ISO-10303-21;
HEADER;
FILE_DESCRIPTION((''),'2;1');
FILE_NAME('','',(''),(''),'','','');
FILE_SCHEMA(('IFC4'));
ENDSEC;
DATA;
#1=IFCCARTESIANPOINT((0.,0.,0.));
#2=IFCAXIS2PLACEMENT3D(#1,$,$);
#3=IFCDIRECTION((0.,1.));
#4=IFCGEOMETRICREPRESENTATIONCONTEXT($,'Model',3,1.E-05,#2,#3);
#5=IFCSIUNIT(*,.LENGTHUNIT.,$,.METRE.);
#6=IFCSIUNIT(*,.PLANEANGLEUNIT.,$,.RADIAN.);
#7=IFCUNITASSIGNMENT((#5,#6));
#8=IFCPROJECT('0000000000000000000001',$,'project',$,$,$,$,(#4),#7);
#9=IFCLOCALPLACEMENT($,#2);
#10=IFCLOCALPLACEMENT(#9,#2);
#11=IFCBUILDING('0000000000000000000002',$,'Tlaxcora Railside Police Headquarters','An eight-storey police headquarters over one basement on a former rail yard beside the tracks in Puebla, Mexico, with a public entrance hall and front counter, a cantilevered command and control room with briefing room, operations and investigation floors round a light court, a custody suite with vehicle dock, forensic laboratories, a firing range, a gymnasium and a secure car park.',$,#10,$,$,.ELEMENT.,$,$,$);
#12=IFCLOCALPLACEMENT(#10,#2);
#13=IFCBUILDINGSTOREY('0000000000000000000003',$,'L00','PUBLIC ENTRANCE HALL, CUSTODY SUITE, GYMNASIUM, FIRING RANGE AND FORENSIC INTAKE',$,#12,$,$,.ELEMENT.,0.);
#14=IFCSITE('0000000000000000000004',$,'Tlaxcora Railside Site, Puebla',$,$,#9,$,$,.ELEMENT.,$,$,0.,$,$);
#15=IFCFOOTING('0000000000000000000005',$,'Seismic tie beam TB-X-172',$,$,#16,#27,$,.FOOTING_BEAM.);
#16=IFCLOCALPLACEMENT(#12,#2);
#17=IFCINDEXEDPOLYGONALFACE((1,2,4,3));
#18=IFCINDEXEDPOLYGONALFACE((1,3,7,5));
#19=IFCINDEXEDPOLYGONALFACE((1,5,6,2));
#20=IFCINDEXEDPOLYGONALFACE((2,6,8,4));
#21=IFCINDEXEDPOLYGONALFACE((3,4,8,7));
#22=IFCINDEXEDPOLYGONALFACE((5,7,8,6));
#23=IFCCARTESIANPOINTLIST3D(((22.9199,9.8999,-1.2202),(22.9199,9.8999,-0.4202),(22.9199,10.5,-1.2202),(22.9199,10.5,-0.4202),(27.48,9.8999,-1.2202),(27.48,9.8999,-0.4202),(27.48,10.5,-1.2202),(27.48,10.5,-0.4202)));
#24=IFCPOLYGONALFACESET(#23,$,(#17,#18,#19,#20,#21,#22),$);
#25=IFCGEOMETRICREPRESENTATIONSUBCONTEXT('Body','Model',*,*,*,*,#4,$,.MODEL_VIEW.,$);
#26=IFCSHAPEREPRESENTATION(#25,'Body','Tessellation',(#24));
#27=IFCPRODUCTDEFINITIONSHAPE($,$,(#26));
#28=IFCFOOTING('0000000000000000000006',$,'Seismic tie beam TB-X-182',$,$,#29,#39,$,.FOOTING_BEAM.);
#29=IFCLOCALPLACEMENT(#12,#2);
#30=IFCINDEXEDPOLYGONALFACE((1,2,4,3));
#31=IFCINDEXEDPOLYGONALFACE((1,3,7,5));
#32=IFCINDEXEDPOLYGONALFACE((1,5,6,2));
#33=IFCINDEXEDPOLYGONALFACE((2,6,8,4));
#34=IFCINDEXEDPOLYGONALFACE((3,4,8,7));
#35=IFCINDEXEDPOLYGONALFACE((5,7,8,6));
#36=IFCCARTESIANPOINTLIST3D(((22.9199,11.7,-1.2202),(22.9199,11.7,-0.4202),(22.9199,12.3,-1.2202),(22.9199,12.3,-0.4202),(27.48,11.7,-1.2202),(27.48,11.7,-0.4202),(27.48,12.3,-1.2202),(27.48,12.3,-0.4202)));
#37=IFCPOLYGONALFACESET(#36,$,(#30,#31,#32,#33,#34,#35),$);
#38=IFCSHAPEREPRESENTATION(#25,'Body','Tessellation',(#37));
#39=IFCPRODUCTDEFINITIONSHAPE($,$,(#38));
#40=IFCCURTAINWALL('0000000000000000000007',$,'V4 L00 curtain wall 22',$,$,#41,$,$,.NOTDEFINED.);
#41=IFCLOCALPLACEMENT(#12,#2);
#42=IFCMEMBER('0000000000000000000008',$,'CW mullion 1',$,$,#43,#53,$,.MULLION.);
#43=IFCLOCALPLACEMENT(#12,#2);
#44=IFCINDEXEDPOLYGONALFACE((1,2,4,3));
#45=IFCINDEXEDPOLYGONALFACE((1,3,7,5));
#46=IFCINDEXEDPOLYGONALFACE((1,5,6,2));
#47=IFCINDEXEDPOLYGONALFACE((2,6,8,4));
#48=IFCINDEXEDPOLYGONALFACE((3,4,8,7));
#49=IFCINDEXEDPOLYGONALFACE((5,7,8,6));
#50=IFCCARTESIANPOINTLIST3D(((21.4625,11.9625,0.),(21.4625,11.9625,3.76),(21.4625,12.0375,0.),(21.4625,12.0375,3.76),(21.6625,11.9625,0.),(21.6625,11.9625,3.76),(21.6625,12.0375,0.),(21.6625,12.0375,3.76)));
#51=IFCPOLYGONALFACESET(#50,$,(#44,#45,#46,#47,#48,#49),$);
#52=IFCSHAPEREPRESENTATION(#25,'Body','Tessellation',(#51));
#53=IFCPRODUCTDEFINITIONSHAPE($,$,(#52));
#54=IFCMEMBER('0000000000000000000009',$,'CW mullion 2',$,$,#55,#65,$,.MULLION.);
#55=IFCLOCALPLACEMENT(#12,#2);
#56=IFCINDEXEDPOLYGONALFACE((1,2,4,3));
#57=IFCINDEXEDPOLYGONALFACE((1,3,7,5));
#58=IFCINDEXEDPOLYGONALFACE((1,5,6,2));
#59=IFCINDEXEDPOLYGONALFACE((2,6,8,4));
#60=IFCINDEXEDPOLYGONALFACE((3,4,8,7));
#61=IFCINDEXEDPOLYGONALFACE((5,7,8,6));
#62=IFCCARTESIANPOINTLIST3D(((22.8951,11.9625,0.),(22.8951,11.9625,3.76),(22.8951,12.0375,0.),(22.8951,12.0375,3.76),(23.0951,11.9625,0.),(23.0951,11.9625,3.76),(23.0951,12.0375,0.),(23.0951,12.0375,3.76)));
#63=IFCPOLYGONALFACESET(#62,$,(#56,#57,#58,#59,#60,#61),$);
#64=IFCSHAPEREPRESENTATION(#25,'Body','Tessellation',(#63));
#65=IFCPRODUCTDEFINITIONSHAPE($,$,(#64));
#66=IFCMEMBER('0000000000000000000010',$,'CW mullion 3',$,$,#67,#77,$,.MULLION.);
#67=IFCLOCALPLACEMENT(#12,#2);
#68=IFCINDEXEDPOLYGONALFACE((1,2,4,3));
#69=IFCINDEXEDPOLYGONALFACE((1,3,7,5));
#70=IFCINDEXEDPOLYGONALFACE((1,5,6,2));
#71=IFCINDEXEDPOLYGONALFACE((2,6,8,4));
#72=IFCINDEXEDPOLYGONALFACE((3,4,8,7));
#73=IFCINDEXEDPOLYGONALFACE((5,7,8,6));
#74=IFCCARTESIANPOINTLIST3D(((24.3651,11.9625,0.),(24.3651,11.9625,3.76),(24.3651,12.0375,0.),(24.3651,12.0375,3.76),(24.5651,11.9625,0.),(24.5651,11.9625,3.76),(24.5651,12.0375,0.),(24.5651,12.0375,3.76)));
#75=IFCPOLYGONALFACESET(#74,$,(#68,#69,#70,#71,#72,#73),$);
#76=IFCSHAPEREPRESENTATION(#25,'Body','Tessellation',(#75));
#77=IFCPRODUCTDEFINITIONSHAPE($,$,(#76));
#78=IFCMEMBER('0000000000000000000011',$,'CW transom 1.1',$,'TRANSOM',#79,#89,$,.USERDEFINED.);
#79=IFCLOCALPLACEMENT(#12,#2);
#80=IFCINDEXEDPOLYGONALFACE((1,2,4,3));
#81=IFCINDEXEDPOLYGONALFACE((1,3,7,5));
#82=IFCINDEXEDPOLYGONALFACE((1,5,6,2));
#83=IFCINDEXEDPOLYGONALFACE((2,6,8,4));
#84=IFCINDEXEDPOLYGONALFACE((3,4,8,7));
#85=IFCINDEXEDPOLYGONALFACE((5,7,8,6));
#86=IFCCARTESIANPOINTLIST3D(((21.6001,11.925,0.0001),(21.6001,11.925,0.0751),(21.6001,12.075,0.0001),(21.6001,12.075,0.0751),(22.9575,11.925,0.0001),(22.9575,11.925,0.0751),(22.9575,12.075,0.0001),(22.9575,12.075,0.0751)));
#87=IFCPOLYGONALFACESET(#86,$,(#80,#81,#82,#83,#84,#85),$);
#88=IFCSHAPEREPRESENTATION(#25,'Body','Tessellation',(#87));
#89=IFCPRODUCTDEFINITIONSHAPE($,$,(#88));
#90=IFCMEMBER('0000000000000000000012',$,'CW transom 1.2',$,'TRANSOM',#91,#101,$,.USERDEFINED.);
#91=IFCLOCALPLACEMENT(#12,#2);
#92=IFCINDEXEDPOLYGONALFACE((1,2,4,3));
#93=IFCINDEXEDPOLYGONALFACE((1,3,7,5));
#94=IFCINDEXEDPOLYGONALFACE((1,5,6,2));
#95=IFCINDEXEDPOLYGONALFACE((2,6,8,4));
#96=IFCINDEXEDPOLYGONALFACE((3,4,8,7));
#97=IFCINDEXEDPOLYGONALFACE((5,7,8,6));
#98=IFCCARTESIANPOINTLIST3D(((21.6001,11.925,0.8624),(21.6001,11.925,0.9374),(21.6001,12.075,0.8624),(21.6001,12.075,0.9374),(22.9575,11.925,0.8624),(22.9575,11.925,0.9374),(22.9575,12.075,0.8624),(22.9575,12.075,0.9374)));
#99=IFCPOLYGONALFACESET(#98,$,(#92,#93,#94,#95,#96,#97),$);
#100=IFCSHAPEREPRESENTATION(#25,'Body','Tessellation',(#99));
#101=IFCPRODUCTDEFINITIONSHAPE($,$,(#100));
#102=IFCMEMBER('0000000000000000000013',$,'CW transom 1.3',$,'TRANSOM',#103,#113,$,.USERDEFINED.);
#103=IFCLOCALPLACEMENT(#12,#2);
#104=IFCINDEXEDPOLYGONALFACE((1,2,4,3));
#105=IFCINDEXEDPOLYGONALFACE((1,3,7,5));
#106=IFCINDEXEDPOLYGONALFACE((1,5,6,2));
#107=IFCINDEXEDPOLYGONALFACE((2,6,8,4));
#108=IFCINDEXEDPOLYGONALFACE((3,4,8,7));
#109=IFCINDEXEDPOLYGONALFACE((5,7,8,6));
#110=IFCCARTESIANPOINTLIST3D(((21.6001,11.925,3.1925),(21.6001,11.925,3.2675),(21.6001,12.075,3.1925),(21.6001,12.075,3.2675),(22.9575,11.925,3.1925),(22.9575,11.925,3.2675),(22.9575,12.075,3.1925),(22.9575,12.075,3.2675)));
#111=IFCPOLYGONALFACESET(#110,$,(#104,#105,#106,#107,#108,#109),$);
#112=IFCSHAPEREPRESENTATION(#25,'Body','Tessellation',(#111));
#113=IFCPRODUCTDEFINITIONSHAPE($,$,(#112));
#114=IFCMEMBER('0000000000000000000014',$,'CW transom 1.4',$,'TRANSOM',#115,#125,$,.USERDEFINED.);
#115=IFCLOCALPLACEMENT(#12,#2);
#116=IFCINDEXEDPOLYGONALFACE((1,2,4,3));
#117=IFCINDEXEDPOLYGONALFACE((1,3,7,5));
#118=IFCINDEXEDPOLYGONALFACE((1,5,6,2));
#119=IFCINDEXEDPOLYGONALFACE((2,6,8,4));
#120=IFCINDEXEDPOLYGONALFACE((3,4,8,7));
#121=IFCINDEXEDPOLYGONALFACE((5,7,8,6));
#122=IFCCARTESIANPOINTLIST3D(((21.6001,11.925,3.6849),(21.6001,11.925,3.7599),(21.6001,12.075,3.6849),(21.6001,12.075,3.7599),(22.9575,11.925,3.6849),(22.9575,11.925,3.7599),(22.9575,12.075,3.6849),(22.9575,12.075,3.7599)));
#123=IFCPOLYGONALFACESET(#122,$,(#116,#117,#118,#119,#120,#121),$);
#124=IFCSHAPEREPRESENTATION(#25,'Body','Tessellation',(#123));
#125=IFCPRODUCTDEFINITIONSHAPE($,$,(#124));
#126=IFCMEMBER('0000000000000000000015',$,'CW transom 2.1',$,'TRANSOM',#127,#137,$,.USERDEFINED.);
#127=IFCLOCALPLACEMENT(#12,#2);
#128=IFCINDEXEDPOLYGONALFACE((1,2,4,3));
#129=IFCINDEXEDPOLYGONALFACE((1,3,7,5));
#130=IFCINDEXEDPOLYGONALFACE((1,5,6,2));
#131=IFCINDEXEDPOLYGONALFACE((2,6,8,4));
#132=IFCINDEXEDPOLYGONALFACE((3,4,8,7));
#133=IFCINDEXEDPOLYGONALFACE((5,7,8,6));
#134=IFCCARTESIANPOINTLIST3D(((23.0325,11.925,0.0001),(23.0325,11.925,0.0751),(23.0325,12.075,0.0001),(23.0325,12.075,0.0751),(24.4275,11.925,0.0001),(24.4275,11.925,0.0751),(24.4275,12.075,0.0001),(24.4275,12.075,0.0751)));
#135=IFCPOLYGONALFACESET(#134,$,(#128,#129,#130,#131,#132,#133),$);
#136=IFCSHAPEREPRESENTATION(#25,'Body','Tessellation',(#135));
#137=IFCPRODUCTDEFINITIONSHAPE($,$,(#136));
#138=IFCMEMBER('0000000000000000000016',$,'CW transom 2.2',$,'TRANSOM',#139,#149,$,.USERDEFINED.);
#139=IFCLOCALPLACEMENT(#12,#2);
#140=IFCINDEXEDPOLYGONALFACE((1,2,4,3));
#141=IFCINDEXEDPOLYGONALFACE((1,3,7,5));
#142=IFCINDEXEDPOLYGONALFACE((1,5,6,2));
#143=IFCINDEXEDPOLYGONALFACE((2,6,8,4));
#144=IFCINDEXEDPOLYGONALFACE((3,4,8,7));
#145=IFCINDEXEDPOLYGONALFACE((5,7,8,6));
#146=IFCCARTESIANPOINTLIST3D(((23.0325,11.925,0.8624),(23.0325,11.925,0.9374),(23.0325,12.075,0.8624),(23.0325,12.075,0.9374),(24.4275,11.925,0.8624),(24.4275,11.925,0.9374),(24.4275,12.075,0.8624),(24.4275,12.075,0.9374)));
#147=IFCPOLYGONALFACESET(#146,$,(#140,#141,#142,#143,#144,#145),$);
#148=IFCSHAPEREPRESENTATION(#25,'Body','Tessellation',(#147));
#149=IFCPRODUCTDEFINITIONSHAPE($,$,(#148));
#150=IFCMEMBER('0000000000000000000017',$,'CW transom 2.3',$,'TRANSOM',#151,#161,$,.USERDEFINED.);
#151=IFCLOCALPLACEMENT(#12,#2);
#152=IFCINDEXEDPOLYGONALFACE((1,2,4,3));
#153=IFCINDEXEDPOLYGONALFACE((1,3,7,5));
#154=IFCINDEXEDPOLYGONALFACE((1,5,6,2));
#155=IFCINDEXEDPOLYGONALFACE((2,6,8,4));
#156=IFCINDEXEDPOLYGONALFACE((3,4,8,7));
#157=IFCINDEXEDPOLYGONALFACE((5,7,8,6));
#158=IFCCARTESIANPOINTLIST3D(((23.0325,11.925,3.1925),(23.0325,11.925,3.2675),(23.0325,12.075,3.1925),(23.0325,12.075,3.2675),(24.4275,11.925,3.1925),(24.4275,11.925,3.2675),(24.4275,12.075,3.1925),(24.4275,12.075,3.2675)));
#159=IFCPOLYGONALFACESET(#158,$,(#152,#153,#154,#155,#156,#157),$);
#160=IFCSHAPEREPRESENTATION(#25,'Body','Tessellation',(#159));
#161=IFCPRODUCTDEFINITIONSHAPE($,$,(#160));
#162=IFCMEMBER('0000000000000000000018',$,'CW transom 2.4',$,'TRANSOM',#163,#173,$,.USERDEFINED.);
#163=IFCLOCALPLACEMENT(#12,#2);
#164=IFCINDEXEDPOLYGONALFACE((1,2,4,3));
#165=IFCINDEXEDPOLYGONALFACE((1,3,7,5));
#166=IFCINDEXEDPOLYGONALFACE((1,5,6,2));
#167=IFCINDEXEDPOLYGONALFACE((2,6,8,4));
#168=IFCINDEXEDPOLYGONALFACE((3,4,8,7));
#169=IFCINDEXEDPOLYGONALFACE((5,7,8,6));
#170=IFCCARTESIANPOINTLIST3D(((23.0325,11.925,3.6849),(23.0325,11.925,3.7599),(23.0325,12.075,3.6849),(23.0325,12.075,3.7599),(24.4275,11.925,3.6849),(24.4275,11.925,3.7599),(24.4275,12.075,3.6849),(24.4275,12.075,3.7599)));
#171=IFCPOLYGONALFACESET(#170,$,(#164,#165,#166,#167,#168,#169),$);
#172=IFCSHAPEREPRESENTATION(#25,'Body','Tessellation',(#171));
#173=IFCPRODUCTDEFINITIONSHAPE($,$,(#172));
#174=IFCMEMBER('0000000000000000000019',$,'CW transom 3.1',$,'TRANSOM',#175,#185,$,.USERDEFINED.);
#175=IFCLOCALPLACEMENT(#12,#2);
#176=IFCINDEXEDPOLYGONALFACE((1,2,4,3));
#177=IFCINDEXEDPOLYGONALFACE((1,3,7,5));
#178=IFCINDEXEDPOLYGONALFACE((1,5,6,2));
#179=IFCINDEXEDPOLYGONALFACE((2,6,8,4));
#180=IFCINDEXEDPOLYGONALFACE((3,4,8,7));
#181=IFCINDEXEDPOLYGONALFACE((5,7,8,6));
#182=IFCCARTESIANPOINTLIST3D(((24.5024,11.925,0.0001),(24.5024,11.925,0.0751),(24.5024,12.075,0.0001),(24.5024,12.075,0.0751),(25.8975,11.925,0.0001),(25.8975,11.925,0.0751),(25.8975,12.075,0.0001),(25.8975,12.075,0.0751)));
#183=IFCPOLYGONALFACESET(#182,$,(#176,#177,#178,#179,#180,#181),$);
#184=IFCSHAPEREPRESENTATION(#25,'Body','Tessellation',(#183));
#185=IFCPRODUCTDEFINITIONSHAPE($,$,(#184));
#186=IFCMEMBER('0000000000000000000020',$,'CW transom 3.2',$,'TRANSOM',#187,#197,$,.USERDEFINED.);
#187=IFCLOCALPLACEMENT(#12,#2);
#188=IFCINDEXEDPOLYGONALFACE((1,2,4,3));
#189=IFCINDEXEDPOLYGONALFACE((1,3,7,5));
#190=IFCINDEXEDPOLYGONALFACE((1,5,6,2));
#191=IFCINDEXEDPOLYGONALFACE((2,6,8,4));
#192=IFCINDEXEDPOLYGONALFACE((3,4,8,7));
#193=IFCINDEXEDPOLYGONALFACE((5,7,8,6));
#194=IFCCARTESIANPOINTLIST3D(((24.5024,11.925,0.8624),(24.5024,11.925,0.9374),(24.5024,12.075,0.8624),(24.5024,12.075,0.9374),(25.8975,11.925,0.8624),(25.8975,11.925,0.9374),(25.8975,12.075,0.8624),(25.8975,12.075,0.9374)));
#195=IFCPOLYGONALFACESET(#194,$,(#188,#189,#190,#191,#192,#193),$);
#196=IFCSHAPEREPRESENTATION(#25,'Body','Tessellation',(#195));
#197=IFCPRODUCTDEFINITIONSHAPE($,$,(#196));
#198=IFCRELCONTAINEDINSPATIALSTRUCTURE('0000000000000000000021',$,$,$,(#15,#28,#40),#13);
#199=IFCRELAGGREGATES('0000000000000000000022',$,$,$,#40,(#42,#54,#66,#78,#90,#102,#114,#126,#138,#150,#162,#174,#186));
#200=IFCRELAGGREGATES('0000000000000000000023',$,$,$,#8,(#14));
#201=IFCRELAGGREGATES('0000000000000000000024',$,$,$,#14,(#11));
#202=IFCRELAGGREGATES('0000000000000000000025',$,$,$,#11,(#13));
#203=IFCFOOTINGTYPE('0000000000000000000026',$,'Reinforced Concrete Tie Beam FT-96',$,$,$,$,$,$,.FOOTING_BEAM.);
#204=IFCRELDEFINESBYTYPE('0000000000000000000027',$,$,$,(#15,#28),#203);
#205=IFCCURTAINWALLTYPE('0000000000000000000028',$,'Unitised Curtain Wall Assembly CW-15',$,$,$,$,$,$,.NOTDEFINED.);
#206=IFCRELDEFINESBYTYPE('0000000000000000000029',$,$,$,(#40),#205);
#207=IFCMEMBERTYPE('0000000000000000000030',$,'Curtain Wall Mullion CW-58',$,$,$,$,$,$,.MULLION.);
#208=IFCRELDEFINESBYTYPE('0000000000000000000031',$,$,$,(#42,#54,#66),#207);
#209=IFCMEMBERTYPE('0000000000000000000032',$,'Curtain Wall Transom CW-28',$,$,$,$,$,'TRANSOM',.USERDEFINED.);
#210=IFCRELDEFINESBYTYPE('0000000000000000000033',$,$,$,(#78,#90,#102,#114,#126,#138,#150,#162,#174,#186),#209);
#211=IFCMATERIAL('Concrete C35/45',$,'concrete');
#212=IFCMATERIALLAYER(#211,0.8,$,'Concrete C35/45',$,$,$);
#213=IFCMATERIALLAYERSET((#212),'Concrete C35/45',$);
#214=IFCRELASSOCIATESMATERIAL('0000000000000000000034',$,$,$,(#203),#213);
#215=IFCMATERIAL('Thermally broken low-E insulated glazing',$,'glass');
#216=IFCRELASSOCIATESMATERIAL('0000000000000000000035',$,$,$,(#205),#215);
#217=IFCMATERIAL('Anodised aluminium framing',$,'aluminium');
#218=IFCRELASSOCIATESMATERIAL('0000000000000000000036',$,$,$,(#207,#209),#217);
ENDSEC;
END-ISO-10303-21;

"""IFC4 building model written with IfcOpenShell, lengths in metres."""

from ifc_helpers import new_model, si_unit, direction, frame, origin, origin_2d, place, context, subcontext, project, spatial, rectangle, extrude, material, layer, layer_set, material_profile, profile_set, type_object, element, aggregate, save


model = new_model("IFC4")

# Units and contexts
model_context = context("Model", 3, precision=1e-05, world=origin(), true_north=direction((0.0, 1.0)))
body_context = subcontext(model_context, "Body", "Model", "MODEL_VIEW")
ifc_project = project(units=[si_unit("LENGTHUNIT", "METRE"), si_unit("PLANEANGLEUNIT", "RADIAN")], contexts=[model_context])

# Site, building, storey
site_placement = place(None, origin())
site = spatial("IfcSite", under=ifc_project, at=site_placement, Name="Tlaxcora Railside Site, Puebla", CompositionType="ELEMENT", RefElevation=0.0)
building_placement = place(site_placement, origin())
building = spatial("IfcBuilding", under=site, at=building_placement, Name="Tlaxcora Railside Police Headquarters", Description="An eight-storey police headquarters over one basement on a former rail yard beside the tracks in Puebla, Mexico, with a public entrance hall and front counter, a cantilevered command and control room with briefing room, operations and investigation floors round a light court, a custody suite with vehicle dock, forensic laboratories, a firing range, a gymnasium and a secure car park.", CompositionType="ELEMENT")
storey_placement = place(building_placement, origin())
storey = spatial("IfcBuildingStorey", under=building, at=storey_placement, Name="L00", Description="PUBLIC ENTRANCE HALL, CUSTODY SUITE, GYMNASIUM, FIRING RANGE AND FORENSIC INTAKE", CompositionType="ELEMENT", Elevation=0.0)

# Footings
ifc_material_1 = material(Name="Concrete C35/45", Category="concrete")
ifc_layer_1 = layer(ifc_material_1, 0.8, Name="Concrete C35/45")
ifc_layer_set_1 = layer_set([ifc_layer_1], Name="Concrete C35/45")
footing_type = type_object("IfcFootingType", Name="Reinforced Concrete Tie Beam FT-96", PredefinedType="FOOTING_BEAM", material=ifc_layer_set_1)
for number, where, z_axis, x_axis, name in (
    (1, (25.2, 10.2, -1.2202), (0.0, 0.0, 1.0), (1.0, 0.0, 0.0), "Seismic tie beam TB-X-172"),
    (2, (25.2, 12.0, -1.2202), (0.0, 0.0, 1.0), (1.0, 0.0, 0.0), "Seismic tie beam TB-X-182"),
):
    element("IfcFooting", number, at=place(storey_placement, frame(where, z_axis=z_axis, x_axis=x_axis)), inside=storey, type_object=footing_type, Name=name, PredefinedType="FOOTING_BEAM", context=body_context, shape_type="SweptSolid", body=[
        extrude(rectangle(XDim=4.5601, YDim=0.6001, at=origin_2d()), origin(), (0.0, 0.0, 1.0), 0.8),
    ])

# Curtain wall, members
ifc_material_2 = material(Name="Thermally broken low-E insulated glazing", Category="glass")
curtain_wall_type = type_object("IfcCurtainWallType", Name="Unitised Curtain Wall Assembly CW-15", PredefinedType="NOTDEFINED", material=ifc_material_2)
curtain_wall_placement = place(storey_placement, origin())
curtain_wall = element("IfcCurtainWall", 3, at=curtain_wall_placement, inside=storey, type_object=curtain_wall_type, Name="V4 L00 curtain wall 22", PredefinedType="NOTDEFINED")
ifc_material_3 = material(Name="Anodised aluminium framing", Category="aluminium")
ifc_material_profile_1 = material_profile(ifc_material_3, rectangle(XDim=0.075, YDim=0.2, at=origin_2d()), Name="AL75X200")
ifc_profile_set_1 = profile_set([ifc_material_profile_1], Name="Anodised aluminium framing")
member_type_1 = type_object("IfcMemberType", Name="Curtain Wall Mullion CW-58", PredefinedType="MULLION", material=ifc_profile_set_1)
member_1_placement = place(storey_placement, frame((21.5625, 12.0, 0.0), z_axis=(0.0, 0.0, 1.0), x_axis=(0.0, 1.0, 0.0)))
member_1 = element("IfcMember", 4, at=member_1_placement, type_object=member_type_1, Name="CW mullion 1", PredefinedType="MULLION", context=body_context, shape_type="SweptSolid", body=[
    extrude(rectangle(XDim=0.075, YDim=0.2, at=origin_2d()), origin(), (0.0, 0.0, 1.0), 3.76),
])
member_2_placement = place(storey_placement, frame((22.9951, 12.0, 0.0), z_axis=(0.0, 0.0, 1.0), x_axis=(0.0, 1.0, 0.0)))
member_2 = element("IfcMember", 5, at=member_2_placement, type_object=member_type_1, Name="CW mullion 2", PredefinedType="MULLION", context=body_context, shape_type="SweptSolid", body=[
    extrude(rectangle(XDim=0.075, YDim=0.2, at=origin_2d()), origin(), (0.0, 0.0, 1.0), 3.76),
])
member_3_placement = place(storey_placement, frame((24.4651, 12.0, 0.0), z_axis=(0.0, 0.0, 1.0), x_axis=(0.0, 1.0, 0.0)))
member_3 = element("IfcMember", 6, at=member_3_placement, type_object=member_type_1, Name="CW mullion 3", PredefinedType="MULLION", context=body_context, shape_type="SweptSolid", body=[
    extrude(rectangle(XDim=0.075, YDim=0.2, at=origin_2d()), origin(), (0.0, 0.0, 1.0), 3.76),
])
ifc_material_profile_2 = material_profile(ifc_material_3, rectangle(XDim=0.1499, YDim=0.075, at=origin_2d()), Name="AL75X150")
ifc_profile_set_2 = profile_set([ifc_material_profile_2], Name="Anodised aluminium framing")
member_type_2 = type_object("IfcMemberType", Name="Curtain Wall Transom CW-28", ElementType="TRANSOM", PredefinedType="USERDEFINED", material=ifc_profile_set_2)
member_4_placement = place(storey_placement, frame((21.6001, 12.0, 0.0376), z_axis=(1.0, 0.0, 0.0), x_axis=(0.0, 1.0, 0.0)))
member_4 = element("IfcMember", 7, at=member_4_placement, type_object=member_type_2, Name="CW transom 1.1", ObjectType="TRANSOM", PredefinedType="USERDEFINED", context=body_context, shape_type="SweptSolid", body=[
    extrude(rectangle(XDim=0.1499, YDim=0.075, at=origin_2d()), origin(), (0.0, 0.0, 1.0), 1.3574),
])
member_5_placement = place(storey_placement, frame((21.6001, 12.0, 0.8999), z_axis=(1.0, 0.0, 0.0), x_axis=(0.0, 1.0, 0.0)))
member_5 = element("IfcMember", 8, at=member_5_placement, type_object=member_type_2, Name="CW transom 1.2", ObjectType="TRANSOM", PredefinedType="USERDEFINED", context=body_context, shape_type="SweptSolid", body=[
    extrude(rectangle(XDim=0.1499, YDim=0.075, at=origin_2d()), origin(), (0.0, 0.0, 1.0), 1.3574),
])
member_6_placement = place(storey_placement, frame((21.6001, 12.0, 3.23), z_axis=(1.0, 0.0, 0.0), x_axis=(0.0, 1.0, 0.0)))
member_6 = element("IfcMember", 9, at=member_6_placement, type_object=member_type_2, Name="CW transom 1.3", ObjectType="TRANSOM", PredefinedType="USERDEFINED", context=body_context, shape_type="SweptSolid", body=[
    extrude(rectangle(XDim=0.1499, YDim=0.075, at=origin_2d()), origin(), (0.0, 0.0, 1.0), 1.3574),
])
member_7_placement = place(storey_placement, frame((21.6001, 12.0, 3.7224), z_axis=(1.0, 0.0, 0.0), x_axis=(0.0, 1.0, 0.0)))
member_7 = element("IfcMember", 10, at=member_7_placement, type_object=member_type_2, Name="CW transom 1.4", ObjectType="TRANSOM", PredefinedType="USERDEFINED", context=body_context, shape_type="SweptSolid", body=[
    extrude(rectangle(XDim=0.1499, YDim=0.075, at=origin_2d()), origin(), (0.0, 0.0, 1.0), 1.3574),
])
member_8_placement = place(storey_placement, frame((23.0325, 12.0, 0.0376), z_axis=(1.0, 0.0, 0.0), x_axis=(0.0, 1.0, 0.0)))
member_8 = element("IfcMember", 11, at=member_8_placement, type_object=member_type_2, Name="CW transom 2.1", ObjectType="TRANSOM", PredefinedType="USERDEFINED", context=body_context, shape_type="SweptSolid", body=[
    extrude(rectangle(XDim=0.1499, YDim=0.075, at=origin_2d()), origin(), (0.0, 0.0, 1.0), 1.395),
])
member_9_placement = place(storey_placement, frame((23.0325, 12.0, 0.8999), z_axis=(1.0, 0.0, 0.0), x_axis=(0.0, 1.0, 0.0)))
member_9 = element("IfcMember", 12, at=member_9_placement, type_object=member_type_2, Name="CW transom 2.2", ObjectType="TRANSOM", PredefinedType="USERDEFINED", context=body_context, shape_type="SweptSolid", body=[
    extrude(rectangle(XDim=0.1499, YDim=0.075, at=origin_2d()), origin(), (0.0, 0.0, 1.0), 1.395),
])
member_10_placement = place(storey_placement, frame((23.0325, 12.0, 3.23), z_axis=(1.0, 0.0, 0.0), x_axis=(0.0, 1.0, 0.0)))
member_10 = element("IfcMember", 13, at=member_10_placement, type_object=member_type_2, Name="CW transom 2.3", ObjectType="TRANSOM", PredefinedType="USERDEFINED", context=body_context, shape_type="SweptSolid", body=[
    extrude(rectangle(XDim=0.1499, YDim=0.075, at=origin_2d()), origin(), (0.0, 0.0, 1.0), 1.395),
])
member_11_placement = place(storey_placement, frame((23.0325, 12.0, 3.7224), z_axis=(1.0, 0.0, 0.0), x_axis=(0.0, 1.0, 0.0)))
member_11 = element("IfcMember", 14, at=member_11_placement, type_object=member_type_2, Name="CW transom 2.4", ObjectType="TRANSOM", PredefinedType="USERDEFINED", context=body_context, shape_type="SweptSolid", body=[
    extrude(rectangle(XDim=0.1499, YDim=0.075, at=origin_2d()), origin(), (0.0, 0.0, 1.0), 1.395),
])
member_12_placement = place(storey_placement, frame((24.5024, 12.0, 0.0376), z_axis=(1.0, 0.0, 0.0), x_axis=(0.0, 1.0, 0.0)))
member_12 = element("IfcMember", 15, at=member_12_placement, type_object=member_type_2, Name="CW transom 3.1", ObjectType="TRANSOM", PredefinedType="USERDEFINED", context=body_context, shape_type="SweptSolid", body=[
    extrude(rectangle(XDim=0.1499, YDim=0.075, at=origin_2d()), origin(), (0.0, 0.0, 1.0), 1.395),
])
member_13_placement = place(storey_placement, frame((24.5024, 12.0, 0.8999), z_axis=(1.0, 0.0, 0.0), x_axis=(0.0, 1.0, 0.0)))
member_13 = element("IfcMember", 16, at=member_13_placement, type_object=member_type_2, Name="CW transom 3.2", ObjectType="TRANSOM", PredefinedType="USERDEFINED", context=body_context, shape_type="SweptSolid", body=[
    extrude(rectangle(XDim=0.1499, YDim=0.075, at=origin_2d()), origin(), (0.0, 0.0, 1.0), 1.395),
])

aggregate(curtain_wall, [member_1, member_2, member_3, member_4, member_5, member_6, member_7, member_8, member_9, member_10, member_11, member_12, member_13])

save(model, "model.ifc")
